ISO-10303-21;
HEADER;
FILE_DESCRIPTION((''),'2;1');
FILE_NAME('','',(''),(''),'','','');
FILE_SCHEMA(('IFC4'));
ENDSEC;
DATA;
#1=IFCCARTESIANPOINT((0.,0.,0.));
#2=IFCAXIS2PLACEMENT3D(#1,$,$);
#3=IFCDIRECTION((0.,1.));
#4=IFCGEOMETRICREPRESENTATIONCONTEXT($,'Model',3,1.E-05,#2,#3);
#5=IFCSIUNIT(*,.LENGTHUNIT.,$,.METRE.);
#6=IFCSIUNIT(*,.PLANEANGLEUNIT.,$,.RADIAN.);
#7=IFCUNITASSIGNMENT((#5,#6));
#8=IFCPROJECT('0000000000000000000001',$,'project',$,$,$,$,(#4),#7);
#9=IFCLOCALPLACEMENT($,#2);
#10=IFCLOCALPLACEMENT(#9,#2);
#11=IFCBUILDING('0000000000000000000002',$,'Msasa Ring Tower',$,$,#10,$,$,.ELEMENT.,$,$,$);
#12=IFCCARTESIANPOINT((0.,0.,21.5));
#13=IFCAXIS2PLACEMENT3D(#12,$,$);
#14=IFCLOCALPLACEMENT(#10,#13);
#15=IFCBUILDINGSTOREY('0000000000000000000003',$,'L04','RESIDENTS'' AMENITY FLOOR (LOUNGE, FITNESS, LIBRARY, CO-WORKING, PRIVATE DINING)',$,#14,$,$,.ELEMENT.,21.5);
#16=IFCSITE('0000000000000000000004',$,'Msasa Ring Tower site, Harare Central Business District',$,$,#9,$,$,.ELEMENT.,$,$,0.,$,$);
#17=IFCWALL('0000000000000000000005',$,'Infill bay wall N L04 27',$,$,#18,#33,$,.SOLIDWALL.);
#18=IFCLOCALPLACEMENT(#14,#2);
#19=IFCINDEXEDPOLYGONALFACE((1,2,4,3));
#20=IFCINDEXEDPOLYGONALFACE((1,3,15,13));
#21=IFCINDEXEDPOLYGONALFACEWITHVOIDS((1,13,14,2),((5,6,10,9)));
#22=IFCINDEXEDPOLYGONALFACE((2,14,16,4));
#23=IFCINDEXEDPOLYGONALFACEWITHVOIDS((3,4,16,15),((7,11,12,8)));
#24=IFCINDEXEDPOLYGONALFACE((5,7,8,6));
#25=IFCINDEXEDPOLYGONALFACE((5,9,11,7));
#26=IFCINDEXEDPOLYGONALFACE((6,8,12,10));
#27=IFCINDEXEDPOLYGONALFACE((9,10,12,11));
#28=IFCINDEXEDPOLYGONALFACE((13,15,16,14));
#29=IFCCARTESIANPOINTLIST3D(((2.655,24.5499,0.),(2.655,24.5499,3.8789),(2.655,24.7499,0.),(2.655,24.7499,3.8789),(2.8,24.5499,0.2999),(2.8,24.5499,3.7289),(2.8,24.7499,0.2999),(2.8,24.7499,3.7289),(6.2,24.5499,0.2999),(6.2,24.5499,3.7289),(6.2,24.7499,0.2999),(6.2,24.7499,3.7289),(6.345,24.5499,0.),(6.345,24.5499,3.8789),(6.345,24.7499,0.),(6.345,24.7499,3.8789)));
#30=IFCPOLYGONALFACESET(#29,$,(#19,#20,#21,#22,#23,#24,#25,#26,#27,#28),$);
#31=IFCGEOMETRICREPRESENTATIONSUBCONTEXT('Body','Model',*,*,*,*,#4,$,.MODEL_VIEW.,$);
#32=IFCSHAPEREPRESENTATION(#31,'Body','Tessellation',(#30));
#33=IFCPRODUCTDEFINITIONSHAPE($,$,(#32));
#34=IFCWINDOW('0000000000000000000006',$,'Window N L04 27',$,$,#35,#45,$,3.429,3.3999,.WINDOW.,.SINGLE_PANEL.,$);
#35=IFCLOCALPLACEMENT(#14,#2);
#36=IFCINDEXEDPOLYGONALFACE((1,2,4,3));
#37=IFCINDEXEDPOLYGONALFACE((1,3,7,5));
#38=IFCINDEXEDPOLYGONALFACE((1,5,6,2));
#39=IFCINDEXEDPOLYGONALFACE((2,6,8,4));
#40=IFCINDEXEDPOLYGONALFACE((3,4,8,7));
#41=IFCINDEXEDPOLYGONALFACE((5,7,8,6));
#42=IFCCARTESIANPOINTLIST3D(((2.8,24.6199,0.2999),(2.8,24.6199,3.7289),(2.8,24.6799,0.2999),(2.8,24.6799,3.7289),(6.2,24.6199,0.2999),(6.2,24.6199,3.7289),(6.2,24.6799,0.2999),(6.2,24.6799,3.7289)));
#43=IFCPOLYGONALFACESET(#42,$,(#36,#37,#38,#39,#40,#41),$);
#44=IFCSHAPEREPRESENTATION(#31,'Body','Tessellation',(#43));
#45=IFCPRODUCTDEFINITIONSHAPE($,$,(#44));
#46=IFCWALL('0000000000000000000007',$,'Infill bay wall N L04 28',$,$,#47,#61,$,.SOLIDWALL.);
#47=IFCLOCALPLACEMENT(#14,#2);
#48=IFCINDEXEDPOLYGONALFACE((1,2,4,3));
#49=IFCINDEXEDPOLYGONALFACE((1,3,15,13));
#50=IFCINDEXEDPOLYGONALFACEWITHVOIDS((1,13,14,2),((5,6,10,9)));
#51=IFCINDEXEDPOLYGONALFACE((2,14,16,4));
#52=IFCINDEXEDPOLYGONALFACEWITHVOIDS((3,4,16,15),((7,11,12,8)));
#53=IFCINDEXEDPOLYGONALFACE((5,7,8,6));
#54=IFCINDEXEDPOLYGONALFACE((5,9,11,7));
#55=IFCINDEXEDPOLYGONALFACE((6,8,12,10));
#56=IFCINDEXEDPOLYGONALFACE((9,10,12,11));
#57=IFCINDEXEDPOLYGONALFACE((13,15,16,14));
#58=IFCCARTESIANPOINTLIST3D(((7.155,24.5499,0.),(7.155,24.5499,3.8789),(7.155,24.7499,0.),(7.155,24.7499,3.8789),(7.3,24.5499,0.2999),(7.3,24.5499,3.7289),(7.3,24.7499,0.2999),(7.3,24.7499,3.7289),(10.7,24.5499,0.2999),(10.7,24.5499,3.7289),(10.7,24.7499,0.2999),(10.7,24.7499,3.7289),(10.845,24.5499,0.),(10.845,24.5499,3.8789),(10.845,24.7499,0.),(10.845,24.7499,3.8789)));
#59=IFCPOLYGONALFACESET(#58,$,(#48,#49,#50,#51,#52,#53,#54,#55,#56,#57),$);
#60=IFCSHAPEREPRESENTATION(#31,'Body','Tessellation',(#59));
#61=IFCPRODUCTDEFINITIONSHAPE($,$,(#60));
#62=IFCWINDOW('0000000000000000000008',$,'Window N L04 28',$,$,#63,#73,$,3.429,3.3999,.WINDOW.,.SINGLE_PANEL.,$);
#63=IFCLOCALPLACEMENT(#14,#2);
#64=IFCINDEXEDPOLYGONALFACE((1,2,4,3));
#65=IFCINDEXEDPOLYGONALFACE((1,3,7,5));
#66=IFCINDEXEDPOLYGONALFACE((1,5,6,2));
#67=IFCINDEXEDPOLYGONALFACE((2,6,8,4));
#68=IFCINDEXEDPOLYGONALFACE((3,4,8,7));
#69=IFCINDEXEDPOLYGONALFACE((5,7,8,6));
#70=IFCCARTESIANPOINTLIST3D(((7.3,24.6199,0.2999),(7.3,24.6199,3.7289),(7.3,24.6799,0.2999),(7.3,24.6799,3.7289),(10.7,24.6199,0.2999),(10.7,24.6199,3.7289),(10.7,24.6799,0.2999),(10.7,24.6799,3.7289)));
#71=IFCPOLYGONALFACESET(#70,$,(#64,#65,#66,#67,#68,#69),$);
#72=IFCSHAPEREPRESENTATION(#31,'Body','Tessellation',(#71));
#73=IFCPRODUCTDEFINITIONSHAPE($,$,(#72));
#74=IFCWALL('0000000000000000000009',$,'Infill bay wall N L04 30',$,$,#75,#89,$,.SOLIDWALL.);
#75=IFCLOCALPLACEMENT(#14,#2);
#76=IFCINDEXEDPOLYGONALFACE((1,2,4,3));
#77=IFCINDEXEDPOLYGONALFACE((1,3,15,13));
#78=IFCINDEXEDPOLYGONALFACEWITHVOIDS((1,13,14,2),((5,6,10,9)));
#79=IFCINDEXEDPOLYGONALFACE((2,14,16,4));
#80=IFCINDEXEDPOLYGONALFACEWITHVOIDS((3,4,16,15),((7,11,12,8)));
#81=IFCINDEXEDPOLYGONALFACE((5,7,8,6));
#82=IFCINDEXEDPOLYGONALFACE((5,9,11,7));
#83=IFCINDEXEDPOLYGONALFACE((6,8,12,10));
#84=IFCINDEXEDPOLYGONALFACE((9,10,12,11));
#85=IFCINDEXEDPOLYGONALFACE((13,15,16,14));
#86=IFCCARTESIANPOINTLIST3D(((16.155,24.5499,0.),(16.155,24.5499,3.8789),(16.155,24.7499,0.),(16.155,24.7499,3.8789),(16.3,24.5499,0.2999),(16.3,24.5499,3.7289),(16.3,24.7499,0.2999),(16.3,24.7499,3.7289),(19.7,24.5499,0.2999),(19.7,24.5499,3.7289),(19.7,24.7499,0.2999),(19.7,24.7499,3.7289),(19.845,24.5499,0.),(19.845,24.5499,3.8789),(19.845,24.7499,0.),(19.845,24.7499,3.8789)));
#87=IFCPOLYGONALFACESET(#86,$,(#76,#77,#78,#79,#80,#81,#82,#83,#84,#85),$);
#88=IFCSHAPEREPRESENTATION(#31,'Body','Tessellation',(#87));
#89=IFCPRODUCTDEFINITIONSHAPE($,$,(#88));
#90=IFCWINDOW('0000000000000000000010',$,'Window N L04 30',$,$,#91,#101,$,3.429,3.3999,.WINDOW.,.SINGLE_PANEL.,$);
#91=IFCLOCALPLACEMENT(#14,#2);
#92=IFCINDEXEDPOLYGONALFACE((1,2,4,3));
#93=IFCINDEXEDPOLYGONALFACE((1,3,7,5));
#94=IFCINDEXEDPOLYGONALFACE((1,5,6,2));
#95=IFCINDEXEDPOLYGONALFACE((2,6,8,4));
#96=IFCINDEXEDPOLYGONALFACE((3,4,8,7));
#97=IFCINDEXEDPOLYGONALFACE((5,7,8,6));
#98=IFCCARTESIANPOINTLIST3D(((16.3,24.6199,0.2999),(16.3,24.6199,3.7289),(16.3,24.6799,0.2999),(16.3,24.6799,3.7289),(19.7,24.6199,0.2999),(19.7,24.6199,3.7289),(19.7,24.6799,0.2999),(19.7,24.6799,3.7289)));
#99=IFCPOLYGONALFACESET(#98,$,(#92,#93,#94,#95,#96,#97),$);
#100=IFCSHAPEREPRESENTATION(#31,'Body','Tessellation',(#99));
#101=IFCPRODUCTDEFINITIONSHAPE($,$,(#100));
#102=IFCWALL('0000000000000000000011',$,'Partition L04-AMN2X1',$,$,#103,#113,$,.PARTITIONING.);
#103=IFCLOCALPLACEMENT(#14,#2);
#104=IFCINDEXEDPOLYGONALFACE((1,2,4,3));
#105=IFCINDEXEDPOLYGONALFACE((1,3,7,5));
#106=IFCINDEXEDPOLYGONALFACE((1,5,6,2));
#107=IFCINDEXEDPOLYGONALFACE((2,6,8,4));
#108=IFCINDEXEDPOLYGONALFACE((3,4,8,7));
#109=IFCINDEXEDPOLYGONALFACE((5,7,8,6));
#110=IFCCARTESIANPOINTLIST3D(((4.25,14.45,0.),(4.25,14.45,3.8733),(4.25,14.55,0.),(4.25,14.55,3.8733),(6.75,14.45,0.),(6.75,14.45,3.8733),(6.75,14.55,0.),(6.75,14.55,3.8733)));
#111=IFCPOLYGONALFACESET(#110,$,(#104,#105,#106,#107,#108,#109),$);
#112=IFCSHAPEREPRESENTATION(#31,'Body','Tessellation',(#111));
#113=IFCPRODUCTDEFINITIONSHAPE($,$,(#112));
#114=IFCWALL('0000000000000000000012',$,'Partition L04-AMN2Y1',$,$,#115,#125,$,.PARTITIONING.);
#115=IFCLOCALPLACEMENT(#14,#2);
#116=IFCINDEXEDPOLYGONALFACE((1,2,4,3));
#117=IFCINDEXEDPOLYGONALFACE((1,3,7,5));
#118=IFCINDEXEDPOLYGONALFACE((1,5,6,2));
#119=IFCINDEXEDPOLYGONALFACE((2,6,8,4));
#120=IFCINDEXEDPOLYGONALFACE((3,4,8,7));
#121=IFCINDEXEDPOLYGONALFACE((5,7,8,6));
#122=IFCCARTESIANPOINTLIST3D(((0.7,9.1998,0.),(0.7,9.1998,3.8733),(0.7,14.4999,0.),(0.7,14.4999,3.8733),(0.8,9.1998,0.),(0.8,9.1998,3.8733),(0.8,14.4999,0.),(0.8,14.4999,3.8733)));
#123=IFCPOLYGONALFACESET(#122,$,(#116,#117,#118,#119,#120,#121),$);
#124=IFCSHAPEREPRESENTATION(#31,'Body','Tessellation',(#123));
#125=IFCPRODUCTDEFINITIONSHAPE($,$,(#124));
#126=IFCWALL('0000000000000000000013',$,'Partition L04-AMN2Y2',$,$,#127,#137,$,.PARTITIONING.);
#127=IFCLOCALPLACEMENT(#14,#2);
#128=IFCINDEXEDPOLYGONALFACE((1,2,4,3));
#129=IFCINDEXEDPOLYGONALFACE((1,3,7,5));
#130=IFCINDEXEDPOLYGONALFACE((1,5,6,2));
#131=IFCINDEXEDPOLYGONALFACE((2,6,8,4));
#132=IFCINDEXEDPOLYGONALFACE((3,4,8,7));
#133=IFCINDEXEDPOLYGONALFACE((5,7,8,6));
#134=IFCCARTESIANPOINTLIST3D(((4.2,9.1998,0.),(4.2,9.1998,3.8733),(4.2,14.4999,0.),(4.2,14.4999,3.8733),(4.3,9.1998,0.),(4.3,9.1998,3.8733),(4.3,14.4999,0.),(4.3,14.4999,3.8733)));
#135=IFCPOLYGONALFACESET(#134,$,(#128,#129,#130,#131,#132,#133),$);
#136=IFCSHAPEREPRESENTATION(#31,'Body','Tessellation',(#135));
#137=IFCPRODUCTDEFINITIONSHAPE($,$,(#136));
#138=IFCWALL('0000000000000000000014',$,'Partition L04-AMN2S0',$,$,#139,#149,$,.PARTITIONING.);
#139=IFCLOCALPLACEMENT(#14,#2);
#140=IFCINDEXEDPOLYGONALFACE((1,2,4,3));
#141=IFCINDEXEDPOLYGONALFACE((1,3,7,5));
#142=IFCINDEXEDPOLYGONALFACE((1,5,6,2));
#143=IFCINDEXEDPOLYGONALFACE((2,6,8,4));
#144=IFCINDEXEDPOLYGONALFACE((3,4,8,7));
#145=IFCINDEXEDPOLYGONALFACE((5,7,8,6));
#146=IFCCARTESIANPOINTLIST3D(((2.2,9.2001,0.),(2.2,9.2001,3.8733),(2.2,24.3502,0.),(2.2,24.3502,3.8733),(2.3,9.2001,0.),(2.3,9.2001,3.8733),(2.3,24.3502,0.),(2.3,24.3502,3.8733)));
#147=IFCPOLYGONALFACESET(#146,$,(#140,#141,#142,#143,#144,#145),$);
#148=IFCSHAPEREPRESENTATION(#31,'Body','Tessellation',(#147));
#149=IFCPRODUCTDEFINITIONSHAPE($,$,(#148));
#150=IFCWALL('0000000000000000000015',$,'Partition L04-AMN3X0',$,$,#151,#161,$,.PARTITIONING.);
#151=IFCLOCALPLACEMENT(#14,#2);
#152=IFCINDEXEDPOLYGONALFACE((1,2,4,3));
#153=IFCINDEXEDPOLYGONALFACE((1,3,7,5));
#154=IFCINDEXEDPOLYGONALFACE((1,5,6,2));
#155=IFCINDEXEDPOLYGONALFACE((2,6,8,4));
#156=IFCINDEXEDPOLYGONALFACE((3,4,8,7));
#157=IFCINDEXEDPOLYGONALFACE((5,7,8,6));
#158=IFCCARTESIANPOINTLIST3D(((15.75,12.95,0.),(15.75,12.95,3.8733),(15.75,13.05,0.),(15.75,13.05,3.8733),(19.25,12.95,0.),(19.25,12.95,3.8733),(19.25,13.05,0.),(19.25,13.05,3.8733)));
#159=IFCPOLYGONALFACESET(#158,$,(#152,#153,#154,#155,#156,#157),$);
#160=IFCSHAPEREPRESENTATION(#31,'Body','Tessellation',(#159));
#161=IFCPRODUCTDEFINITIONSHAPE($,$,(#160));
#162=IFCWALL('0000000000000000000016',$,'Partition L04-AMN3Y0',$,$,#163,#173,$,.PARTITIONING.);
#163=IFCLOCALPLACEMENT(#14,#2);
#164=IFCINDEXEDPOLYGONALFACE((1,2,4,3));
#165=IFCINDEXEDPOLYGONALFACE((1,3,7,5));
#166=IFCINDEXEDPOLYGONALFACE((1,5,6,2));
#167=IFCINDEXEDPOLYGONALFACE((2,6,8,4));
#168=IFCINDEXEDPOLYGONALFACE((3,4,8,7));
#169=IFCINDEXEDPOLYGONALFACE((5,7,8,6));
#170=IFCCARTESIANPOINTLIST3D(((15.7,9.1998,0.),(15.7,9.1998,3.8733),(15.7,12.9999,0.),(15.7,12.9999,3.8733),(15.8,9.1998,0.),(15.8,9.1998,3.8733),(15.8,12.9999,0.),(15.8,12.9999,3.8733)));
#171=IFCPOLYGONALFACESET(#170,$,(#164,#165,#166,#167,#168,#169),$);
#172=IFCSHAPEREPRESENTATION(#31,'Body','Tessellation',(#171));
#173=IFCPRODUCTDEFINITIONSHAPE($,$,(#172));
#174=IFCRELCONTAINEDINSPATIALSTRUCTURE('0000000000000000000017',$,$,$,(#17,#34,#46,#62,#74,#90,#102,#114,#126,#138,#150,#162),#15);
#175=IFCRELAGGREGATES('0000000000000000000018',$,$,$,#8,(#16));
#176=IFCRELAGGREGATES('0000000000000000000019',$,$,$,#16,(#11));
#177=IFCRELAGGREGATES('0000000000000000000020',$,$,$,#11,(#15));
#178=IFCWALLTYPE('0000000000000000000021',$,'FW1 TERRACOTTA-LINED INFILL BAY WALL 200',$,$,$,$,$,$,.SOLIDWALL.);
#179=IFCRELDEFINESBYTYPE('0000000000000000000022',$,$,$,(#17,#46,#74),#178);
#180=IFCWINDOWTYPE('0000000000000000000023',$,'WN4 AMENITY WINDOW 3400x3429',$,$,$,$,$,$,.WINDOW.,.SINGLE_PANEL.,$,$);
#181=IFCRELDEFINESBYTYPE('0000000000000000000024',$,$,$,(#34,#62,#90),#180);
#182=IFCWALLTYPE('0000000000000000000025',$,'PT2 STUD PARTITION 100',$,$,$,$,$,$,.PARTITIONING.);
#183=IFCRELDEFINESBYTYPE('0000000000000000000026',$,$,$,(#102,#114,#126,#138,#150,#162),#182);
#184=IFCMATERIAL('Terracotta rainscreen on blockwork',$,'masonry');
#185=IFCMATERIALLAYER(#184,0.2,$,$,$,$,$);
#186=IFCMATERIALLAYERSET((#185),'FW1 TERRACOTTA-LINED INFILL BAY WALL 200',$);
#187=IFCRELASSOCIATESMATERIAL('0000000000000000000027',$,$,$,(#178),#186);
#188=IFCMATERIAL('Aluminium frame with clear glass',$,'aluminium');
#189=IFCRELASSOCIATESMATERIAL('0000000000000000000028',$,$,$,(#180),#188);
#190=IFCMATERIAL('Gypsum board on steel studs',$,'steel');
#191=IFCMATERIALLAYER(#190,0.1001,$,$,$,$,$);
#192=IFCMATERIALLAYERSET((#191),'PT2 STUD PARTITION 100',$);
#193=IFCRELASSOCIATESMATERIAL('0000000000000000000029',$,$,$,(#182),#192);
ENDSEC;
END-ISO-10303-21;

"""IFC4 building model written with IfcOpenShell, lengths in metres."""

from ifc_helpers import new_model, si_unit, direction, frame, frame_2d, origin, place, context, subcontext, project, spatial, rectangle, extrude, material, layer, layer_set, type_object, element, fill, save


model = new_model("IFC4")

# Units and contexts
model_context = context("Model", 3, precision=1e-05, world=origin(), true_north=direction((0.0, 1.0)))
body_context = subcontext(model_context, "Body", "Model", "MODEL_VIEW")
ifc_project = project(units=[si_unit("LENGTHUNIT", "METRE"), si_unit("PLANEANGLEUNIT", "RADIAN")], contexts=[model_context])

# Site, building, storey
site_placement = place(None, origin())
site = spatial("IfcSite", under=ifc_project, at=site_placement, Name="Msasa Ring Tower site, Harare Central Business District", CompositionType="ELEMENT", RefElevation=0.0)
building_placement = place(site_placement, origin())
building = spatial("IfcBuilding", under=site, at=building_placement, Name="Msasa Ring Tower", CompositionType="ELEMENT")
storey_placement = place(building_placement, frame((0.0, 0.0, 21.5)))
storey = spatial("IfcBuildingStorey", under=building, at=storey_placement, Name="L04", Description="RESIDENTS' AMENITY FLOOR (LOUNGE, FITNESS, LIBRARY, CO-WORKING, PRIVATE DINING)", CompositionType="ELEMENT", Elevation=21.5)

# Walls, openings, windows
ifc_material_1 = material(Name="Terracotta rainscreen on blockwork", Category="masonry")
ifc_layer_1 = layer(ifc_material_1, 0.2)
ifc_layer_set_1 = layer_set([ifc_layer_1], Name="FW1 TERRACOTTA-LINED INFILL BAY WALL 200")
wall_type_1 = type_object("IfcWallType", Name="FW1 TERRACOTTA-LINED INFILL BAY WALL 200", PredefinedType="SOLIDWALL", material=ifc_layer_set_1)
wall_1_placement = place(storey_placement, frame((2.655, 24.6499, 0.0), z_axis=(0.0, 0.0, 1.0), x_axis=(1.0, 0.0, 0.0)))
wall_1 = element("IfcWall", 1, at=wall_1_placement, inside=storey, type_object=wall_type_1, Name="Infill bay wall N L04 27", PredefinedType="SOLIDWALL", context=body_context, shape_type="SweptSolid", body=[
    extrude(rectangle(XDim=3.6899, YDim=0.2, at=frame_2d((1.845, 0.0))), origin(), (0.0, 0.0, 1.0), 3.8789),
])
opening_1_placement = place(wall_1_placement, frame((0.145, 0.0, 0.3)))
opening_1 = element("IfcOpeningElement", 2, at=opening_1_placement, cuts=wall_1, PredefinedType="OPENING", context=body_context, shape_type="SweptSolid", body=[
    extrude(rectangle(XDim=3.3999, YDim=3.429, at=frame_2d((1.7, 1.7144))), frame((0.0, 0.1099, 0.0), z_axis=(0.0, -1.0, 0.0), x_axis=(1.0, 0.0, 0.0)), (0.0, 0.0, 1.0), 0.22),
])
ifc_material_2 = material(Name="Aluminium frame with clear glass", Category="aluminium")
window_type = type_object("IfcWindowType", Name="WN4 AMENITY WINDOW 3400x3429", PartitioningType="SINGLE_PANEL", PredefinedType="WINDOW", material=ifc_material_2)
window_1_placement = place(opening_1_placement, origin())
window_1 = element("IfcWindow", 3, at=window_1_placement, inside=storey, type_object=window_type, Name="Window N L04 27", OverallHeight=3.429, OverallWidth=3.3999, PartitioningType="SINGLE_PANEL", PredefinedType="WINDOW", context=body_context, shape_type="SweptSolid", body=[
    extrude(rectangle(XDim=3.3999, YDim=3.429, at=frame_2d((1.7, 1.7144))), frame((0.0, 0.03, 0.0), z_axis=(0.0, -1.0, 0.0), x_axis=(1.0, 0.0, 0.0)), (0.0, 0.0, 1.0), 0.0601),
])
fill(opening_1, window_1)
wall_2_placement = place(storey_placement, frame((7.155, 24.6499, 0.0), z_axis=(0.0, 0.0, 1.0), x_axis=(1.0, 0.0, 0.0)))
wall_2 = element("IfcWall", 4, at=wall_2_placement, inside=storey, type_object=wall_type_1, Name="Infill bay wall N L04 28", PredefinedType="SOLIDWALL", context=body_context, shape_type="SweptSolid", body=[
    extrude(rectangle(XDim=3.6899, YDim=0.2, at=frame_2d((1.845, 0.0))), origin(), (0.0, 0.0, 1.0), 3.8789),
])
opening_2_placement = place(wall_2_placement, frame((0.145, 0.0, 0.3)))
opening_2 = element("IfcOpeningElement", 5, at=opening_2_placement, cuts=wall_2, PredefinedType="OPENING", context=body_context, shape_type="SweptSolid", body=[
    extrude(rectangle(XDim=3.3999, YDim=3.429, at=frame_2d((1.7, 1.7144))), frame((0.0, 0.1099, 0.0), z_axis=(0.0, -1.0, 0.0), x_axis=(1.0, 0.0, 0.0)), (0.0, 0.0, 1.0), 0.22),
])
window_2_placement = place(opening_2_placement, origin())
window_2 = element("IfcWindow", 6, at=window_2_placement, inside=storey, type_object=window_type, Name="Window N L04 28", OverallHeight=3.429, OverallWidth=3.3999, PartitioningType="SINGLE_PANEL", PredefinedType="WINDOW", context=body_context, shape_type="SweptSolid", body=[
    extrude(rectangle(XDim=3.3999, YDim=3.429, at=frame_2d((1.7, 1.7144))), frame((0.0, 0.03, 0.0), z_axis=(0.0, -1.0, 0.0), x_axis=(1.0, 0.0, 0.0)), (0.0, 0.0, 1.0), 0.0601),
])
fill(opening_2, window_2)

# Wall, opening, window
wall_3_placement = place(storey_placement, frame((16.155, 24.6499, 0.0), z_axis=(0.0, 0.0, 1.0), x_axis=(1.0, 0.0, 0.0)))
wall_3 = element("IfcWall", 7, at=wall_3_placement, inside=storey, type_object=wall_type_1, Name="Infill bay wall N L04 30", PredefinedType="SOLIDWALL", context=body_context, shape_type="SweptSolid", body=[
    extrude(rectangle(XDim=3.6899, YDim=0.2, at=frame_2d((1.845, 0.0))), origin(), (0.0, 0.0, 1.0), 3.8789),
])
opening_3_placement = place(wall_3_placement, frame((0.145, 0.0, 0.3)))
opening_3 = element("IfcOpeningElement", 8, at=opening_3_placement, cuts=wall_3, PredefinedType="OPENING", context=body_context, shape_type="SweptSolid", body=[
    extrude(rectangle(XDim=3.3999, YDim=3.429, at=frame_2d((1.7, 1.7144))), frame((0.0, 0.1099, 0.0), z_axis=(0.0, -1.0, 0.0), x_axis=(1.0, 0.0, 0.0)), (0.0, 0.0, 1.0), 0.22),
])
window_3_placement = place(opening_3_placement, origin())
window_3 = element("IfcWindow", 9, at=window_3_placement, inside=storey, type_object=window_type, Name="Window N L04 30", OverallHeight=3.429, OverallWidth=3.3999, PartitioningType="SINGLE_PANEL", PredefinedType="WINDOW", context=body_context, shape_type="SweptSolid", body=[
    extrude(rectangle(XDim=3.3999, YDim=3.429, at=frame_2d((1.7, 1.7144))), frame((0.0, 0.03, 0.0), z_axis=(0.0, -1.0, 0.0), x_axis=(1.0, 0.0, 0.0)), (0.0, 0.0, 1.0), 0.0601),
])
fill(opening_3, window_3)

# Walls
ifc_material_3 = material(Name="Gypsum board on steel studs", Category="steel")
ifc_layer_2 = layer(ifc_material_3, 0.1001)
ifc_layer_set_2 = layer_set([ifc_layer_2], Name="PT2 STUD PARTITION 100")
wall_type_2 = type_object("IfcWallType", Name="PT2 STUD PARTITION 100", PredefinedType="PARTITIONING", material=ifc_layer_set_2)
wall_4_placement = place(storey_placement, frame((4.25, 14.5, 0.0), z_axis=(0.0, 0.0, 1.0), x_axis=(1.0, 0.0, 0.0)))
element("IfcWall", 10, at=wall_4_placement, inside=storey, type_object=wall_type_2, Name="Partition L04-AMN2X1", PredefinedType="PARTITIONING", context=body_context, shape_type="SweptSolid", body=[
    extrude(rectangle(XDim=2.5, YDim=0.1001, at=frame_2d((1.25, 0.0))), origin(), (0.0, 0.0, 1.0), 3.8733),
])
for number, where, z_axis, x_axis, name in (
    (11, (0.75, 9.2, 0.0), (0.0, 0.0, 1.0), (0.0, 1.0, 0.0), "Partition L04-AMN2Y1"),
    (12, (4.25, 9.2, 0.0), (0.0, 0.0, 1.0), (0.0, 1.0, 0.0), "Partition L04-AMN2Y2"),
):
    element("IfcWall", number, at=place(storey_placement, frame(where, z_axis=z_axis, x_axis=x_axis)), inside=storey, type_object=wall_type_2, Name=name, PredefinedType="PARTITIONING", context=body_context, shape_type="SweptSolid", body=[
        extrude(rectangle(XDim=5.3, YDim=0.1001, at=frame_2d((2.6499, 0.0))), origin(), (0.0, 0.0, 1.0), 3.8733),
    ])
wall_5_placement = place(storey_placement, frame((2.25, 9.2, 0.0), z_axis=(0.0, 0.0, 1.0), x_axis=(0.0, 1.0, 0.0)))
element("IfcWall", 13, at=wall_5_placement, inside=storey, type_object=wall_type_2, Name="Partition L04-AMN2S0", PredefinedType="PARTITIONING", context=body_context, shape_type="SweptSolid", body=[
    extrude(rectangle(XDim=15.1501, YDim=0.1001, at=frame_2d((7.5752, 0.0))), origin(), (0.0, 0.0, 1.0), 3.8733),
])
wall_6_placement = place(storey_placement, frame((15.75, 13.0, 0.0), z_axis=(0.0, 0.0, 1.0), x_axis=(1.0, 0.0, 0.0)))
element("IfcWall", 14, at=wall_6_placement, inside=storey, type_object=wall_type_2, Name="Partition L04-AMN3X0", PredefinedType="PARTITIONING", context=body_context, shape_type="SweptSolid", body=[
    extrude(rectangle(XDim=3.5, YDim=0.1001, at=frame_2d((1.75, 0.0))), origin(), (0.0, 0.0, 1.0), 3.8733),
])
wall_7_placement = place(storey_placement, frame((15.75, 9.2, 0.0), z_axis=(0.0, 0.0, 1.0), x_axis=(0.0, 1.0, 0.0)))
element("IfcWall", 15, at=wall_7_placement, inside=storey, type_object=wall_type_2, Name="Partition L04-AMN3Y0", PredefinedType="PARTITIONING", context=body_context, shape_type="SweptSolid", body=[
    extrude(rectangle(XDim=3.8, YDim=0.1001, at=frame_2d((1.8999, 0.0))), origin(), (0.0, 0.0, 1.0), 3.8733),
])

save(model, "model.ifc")
